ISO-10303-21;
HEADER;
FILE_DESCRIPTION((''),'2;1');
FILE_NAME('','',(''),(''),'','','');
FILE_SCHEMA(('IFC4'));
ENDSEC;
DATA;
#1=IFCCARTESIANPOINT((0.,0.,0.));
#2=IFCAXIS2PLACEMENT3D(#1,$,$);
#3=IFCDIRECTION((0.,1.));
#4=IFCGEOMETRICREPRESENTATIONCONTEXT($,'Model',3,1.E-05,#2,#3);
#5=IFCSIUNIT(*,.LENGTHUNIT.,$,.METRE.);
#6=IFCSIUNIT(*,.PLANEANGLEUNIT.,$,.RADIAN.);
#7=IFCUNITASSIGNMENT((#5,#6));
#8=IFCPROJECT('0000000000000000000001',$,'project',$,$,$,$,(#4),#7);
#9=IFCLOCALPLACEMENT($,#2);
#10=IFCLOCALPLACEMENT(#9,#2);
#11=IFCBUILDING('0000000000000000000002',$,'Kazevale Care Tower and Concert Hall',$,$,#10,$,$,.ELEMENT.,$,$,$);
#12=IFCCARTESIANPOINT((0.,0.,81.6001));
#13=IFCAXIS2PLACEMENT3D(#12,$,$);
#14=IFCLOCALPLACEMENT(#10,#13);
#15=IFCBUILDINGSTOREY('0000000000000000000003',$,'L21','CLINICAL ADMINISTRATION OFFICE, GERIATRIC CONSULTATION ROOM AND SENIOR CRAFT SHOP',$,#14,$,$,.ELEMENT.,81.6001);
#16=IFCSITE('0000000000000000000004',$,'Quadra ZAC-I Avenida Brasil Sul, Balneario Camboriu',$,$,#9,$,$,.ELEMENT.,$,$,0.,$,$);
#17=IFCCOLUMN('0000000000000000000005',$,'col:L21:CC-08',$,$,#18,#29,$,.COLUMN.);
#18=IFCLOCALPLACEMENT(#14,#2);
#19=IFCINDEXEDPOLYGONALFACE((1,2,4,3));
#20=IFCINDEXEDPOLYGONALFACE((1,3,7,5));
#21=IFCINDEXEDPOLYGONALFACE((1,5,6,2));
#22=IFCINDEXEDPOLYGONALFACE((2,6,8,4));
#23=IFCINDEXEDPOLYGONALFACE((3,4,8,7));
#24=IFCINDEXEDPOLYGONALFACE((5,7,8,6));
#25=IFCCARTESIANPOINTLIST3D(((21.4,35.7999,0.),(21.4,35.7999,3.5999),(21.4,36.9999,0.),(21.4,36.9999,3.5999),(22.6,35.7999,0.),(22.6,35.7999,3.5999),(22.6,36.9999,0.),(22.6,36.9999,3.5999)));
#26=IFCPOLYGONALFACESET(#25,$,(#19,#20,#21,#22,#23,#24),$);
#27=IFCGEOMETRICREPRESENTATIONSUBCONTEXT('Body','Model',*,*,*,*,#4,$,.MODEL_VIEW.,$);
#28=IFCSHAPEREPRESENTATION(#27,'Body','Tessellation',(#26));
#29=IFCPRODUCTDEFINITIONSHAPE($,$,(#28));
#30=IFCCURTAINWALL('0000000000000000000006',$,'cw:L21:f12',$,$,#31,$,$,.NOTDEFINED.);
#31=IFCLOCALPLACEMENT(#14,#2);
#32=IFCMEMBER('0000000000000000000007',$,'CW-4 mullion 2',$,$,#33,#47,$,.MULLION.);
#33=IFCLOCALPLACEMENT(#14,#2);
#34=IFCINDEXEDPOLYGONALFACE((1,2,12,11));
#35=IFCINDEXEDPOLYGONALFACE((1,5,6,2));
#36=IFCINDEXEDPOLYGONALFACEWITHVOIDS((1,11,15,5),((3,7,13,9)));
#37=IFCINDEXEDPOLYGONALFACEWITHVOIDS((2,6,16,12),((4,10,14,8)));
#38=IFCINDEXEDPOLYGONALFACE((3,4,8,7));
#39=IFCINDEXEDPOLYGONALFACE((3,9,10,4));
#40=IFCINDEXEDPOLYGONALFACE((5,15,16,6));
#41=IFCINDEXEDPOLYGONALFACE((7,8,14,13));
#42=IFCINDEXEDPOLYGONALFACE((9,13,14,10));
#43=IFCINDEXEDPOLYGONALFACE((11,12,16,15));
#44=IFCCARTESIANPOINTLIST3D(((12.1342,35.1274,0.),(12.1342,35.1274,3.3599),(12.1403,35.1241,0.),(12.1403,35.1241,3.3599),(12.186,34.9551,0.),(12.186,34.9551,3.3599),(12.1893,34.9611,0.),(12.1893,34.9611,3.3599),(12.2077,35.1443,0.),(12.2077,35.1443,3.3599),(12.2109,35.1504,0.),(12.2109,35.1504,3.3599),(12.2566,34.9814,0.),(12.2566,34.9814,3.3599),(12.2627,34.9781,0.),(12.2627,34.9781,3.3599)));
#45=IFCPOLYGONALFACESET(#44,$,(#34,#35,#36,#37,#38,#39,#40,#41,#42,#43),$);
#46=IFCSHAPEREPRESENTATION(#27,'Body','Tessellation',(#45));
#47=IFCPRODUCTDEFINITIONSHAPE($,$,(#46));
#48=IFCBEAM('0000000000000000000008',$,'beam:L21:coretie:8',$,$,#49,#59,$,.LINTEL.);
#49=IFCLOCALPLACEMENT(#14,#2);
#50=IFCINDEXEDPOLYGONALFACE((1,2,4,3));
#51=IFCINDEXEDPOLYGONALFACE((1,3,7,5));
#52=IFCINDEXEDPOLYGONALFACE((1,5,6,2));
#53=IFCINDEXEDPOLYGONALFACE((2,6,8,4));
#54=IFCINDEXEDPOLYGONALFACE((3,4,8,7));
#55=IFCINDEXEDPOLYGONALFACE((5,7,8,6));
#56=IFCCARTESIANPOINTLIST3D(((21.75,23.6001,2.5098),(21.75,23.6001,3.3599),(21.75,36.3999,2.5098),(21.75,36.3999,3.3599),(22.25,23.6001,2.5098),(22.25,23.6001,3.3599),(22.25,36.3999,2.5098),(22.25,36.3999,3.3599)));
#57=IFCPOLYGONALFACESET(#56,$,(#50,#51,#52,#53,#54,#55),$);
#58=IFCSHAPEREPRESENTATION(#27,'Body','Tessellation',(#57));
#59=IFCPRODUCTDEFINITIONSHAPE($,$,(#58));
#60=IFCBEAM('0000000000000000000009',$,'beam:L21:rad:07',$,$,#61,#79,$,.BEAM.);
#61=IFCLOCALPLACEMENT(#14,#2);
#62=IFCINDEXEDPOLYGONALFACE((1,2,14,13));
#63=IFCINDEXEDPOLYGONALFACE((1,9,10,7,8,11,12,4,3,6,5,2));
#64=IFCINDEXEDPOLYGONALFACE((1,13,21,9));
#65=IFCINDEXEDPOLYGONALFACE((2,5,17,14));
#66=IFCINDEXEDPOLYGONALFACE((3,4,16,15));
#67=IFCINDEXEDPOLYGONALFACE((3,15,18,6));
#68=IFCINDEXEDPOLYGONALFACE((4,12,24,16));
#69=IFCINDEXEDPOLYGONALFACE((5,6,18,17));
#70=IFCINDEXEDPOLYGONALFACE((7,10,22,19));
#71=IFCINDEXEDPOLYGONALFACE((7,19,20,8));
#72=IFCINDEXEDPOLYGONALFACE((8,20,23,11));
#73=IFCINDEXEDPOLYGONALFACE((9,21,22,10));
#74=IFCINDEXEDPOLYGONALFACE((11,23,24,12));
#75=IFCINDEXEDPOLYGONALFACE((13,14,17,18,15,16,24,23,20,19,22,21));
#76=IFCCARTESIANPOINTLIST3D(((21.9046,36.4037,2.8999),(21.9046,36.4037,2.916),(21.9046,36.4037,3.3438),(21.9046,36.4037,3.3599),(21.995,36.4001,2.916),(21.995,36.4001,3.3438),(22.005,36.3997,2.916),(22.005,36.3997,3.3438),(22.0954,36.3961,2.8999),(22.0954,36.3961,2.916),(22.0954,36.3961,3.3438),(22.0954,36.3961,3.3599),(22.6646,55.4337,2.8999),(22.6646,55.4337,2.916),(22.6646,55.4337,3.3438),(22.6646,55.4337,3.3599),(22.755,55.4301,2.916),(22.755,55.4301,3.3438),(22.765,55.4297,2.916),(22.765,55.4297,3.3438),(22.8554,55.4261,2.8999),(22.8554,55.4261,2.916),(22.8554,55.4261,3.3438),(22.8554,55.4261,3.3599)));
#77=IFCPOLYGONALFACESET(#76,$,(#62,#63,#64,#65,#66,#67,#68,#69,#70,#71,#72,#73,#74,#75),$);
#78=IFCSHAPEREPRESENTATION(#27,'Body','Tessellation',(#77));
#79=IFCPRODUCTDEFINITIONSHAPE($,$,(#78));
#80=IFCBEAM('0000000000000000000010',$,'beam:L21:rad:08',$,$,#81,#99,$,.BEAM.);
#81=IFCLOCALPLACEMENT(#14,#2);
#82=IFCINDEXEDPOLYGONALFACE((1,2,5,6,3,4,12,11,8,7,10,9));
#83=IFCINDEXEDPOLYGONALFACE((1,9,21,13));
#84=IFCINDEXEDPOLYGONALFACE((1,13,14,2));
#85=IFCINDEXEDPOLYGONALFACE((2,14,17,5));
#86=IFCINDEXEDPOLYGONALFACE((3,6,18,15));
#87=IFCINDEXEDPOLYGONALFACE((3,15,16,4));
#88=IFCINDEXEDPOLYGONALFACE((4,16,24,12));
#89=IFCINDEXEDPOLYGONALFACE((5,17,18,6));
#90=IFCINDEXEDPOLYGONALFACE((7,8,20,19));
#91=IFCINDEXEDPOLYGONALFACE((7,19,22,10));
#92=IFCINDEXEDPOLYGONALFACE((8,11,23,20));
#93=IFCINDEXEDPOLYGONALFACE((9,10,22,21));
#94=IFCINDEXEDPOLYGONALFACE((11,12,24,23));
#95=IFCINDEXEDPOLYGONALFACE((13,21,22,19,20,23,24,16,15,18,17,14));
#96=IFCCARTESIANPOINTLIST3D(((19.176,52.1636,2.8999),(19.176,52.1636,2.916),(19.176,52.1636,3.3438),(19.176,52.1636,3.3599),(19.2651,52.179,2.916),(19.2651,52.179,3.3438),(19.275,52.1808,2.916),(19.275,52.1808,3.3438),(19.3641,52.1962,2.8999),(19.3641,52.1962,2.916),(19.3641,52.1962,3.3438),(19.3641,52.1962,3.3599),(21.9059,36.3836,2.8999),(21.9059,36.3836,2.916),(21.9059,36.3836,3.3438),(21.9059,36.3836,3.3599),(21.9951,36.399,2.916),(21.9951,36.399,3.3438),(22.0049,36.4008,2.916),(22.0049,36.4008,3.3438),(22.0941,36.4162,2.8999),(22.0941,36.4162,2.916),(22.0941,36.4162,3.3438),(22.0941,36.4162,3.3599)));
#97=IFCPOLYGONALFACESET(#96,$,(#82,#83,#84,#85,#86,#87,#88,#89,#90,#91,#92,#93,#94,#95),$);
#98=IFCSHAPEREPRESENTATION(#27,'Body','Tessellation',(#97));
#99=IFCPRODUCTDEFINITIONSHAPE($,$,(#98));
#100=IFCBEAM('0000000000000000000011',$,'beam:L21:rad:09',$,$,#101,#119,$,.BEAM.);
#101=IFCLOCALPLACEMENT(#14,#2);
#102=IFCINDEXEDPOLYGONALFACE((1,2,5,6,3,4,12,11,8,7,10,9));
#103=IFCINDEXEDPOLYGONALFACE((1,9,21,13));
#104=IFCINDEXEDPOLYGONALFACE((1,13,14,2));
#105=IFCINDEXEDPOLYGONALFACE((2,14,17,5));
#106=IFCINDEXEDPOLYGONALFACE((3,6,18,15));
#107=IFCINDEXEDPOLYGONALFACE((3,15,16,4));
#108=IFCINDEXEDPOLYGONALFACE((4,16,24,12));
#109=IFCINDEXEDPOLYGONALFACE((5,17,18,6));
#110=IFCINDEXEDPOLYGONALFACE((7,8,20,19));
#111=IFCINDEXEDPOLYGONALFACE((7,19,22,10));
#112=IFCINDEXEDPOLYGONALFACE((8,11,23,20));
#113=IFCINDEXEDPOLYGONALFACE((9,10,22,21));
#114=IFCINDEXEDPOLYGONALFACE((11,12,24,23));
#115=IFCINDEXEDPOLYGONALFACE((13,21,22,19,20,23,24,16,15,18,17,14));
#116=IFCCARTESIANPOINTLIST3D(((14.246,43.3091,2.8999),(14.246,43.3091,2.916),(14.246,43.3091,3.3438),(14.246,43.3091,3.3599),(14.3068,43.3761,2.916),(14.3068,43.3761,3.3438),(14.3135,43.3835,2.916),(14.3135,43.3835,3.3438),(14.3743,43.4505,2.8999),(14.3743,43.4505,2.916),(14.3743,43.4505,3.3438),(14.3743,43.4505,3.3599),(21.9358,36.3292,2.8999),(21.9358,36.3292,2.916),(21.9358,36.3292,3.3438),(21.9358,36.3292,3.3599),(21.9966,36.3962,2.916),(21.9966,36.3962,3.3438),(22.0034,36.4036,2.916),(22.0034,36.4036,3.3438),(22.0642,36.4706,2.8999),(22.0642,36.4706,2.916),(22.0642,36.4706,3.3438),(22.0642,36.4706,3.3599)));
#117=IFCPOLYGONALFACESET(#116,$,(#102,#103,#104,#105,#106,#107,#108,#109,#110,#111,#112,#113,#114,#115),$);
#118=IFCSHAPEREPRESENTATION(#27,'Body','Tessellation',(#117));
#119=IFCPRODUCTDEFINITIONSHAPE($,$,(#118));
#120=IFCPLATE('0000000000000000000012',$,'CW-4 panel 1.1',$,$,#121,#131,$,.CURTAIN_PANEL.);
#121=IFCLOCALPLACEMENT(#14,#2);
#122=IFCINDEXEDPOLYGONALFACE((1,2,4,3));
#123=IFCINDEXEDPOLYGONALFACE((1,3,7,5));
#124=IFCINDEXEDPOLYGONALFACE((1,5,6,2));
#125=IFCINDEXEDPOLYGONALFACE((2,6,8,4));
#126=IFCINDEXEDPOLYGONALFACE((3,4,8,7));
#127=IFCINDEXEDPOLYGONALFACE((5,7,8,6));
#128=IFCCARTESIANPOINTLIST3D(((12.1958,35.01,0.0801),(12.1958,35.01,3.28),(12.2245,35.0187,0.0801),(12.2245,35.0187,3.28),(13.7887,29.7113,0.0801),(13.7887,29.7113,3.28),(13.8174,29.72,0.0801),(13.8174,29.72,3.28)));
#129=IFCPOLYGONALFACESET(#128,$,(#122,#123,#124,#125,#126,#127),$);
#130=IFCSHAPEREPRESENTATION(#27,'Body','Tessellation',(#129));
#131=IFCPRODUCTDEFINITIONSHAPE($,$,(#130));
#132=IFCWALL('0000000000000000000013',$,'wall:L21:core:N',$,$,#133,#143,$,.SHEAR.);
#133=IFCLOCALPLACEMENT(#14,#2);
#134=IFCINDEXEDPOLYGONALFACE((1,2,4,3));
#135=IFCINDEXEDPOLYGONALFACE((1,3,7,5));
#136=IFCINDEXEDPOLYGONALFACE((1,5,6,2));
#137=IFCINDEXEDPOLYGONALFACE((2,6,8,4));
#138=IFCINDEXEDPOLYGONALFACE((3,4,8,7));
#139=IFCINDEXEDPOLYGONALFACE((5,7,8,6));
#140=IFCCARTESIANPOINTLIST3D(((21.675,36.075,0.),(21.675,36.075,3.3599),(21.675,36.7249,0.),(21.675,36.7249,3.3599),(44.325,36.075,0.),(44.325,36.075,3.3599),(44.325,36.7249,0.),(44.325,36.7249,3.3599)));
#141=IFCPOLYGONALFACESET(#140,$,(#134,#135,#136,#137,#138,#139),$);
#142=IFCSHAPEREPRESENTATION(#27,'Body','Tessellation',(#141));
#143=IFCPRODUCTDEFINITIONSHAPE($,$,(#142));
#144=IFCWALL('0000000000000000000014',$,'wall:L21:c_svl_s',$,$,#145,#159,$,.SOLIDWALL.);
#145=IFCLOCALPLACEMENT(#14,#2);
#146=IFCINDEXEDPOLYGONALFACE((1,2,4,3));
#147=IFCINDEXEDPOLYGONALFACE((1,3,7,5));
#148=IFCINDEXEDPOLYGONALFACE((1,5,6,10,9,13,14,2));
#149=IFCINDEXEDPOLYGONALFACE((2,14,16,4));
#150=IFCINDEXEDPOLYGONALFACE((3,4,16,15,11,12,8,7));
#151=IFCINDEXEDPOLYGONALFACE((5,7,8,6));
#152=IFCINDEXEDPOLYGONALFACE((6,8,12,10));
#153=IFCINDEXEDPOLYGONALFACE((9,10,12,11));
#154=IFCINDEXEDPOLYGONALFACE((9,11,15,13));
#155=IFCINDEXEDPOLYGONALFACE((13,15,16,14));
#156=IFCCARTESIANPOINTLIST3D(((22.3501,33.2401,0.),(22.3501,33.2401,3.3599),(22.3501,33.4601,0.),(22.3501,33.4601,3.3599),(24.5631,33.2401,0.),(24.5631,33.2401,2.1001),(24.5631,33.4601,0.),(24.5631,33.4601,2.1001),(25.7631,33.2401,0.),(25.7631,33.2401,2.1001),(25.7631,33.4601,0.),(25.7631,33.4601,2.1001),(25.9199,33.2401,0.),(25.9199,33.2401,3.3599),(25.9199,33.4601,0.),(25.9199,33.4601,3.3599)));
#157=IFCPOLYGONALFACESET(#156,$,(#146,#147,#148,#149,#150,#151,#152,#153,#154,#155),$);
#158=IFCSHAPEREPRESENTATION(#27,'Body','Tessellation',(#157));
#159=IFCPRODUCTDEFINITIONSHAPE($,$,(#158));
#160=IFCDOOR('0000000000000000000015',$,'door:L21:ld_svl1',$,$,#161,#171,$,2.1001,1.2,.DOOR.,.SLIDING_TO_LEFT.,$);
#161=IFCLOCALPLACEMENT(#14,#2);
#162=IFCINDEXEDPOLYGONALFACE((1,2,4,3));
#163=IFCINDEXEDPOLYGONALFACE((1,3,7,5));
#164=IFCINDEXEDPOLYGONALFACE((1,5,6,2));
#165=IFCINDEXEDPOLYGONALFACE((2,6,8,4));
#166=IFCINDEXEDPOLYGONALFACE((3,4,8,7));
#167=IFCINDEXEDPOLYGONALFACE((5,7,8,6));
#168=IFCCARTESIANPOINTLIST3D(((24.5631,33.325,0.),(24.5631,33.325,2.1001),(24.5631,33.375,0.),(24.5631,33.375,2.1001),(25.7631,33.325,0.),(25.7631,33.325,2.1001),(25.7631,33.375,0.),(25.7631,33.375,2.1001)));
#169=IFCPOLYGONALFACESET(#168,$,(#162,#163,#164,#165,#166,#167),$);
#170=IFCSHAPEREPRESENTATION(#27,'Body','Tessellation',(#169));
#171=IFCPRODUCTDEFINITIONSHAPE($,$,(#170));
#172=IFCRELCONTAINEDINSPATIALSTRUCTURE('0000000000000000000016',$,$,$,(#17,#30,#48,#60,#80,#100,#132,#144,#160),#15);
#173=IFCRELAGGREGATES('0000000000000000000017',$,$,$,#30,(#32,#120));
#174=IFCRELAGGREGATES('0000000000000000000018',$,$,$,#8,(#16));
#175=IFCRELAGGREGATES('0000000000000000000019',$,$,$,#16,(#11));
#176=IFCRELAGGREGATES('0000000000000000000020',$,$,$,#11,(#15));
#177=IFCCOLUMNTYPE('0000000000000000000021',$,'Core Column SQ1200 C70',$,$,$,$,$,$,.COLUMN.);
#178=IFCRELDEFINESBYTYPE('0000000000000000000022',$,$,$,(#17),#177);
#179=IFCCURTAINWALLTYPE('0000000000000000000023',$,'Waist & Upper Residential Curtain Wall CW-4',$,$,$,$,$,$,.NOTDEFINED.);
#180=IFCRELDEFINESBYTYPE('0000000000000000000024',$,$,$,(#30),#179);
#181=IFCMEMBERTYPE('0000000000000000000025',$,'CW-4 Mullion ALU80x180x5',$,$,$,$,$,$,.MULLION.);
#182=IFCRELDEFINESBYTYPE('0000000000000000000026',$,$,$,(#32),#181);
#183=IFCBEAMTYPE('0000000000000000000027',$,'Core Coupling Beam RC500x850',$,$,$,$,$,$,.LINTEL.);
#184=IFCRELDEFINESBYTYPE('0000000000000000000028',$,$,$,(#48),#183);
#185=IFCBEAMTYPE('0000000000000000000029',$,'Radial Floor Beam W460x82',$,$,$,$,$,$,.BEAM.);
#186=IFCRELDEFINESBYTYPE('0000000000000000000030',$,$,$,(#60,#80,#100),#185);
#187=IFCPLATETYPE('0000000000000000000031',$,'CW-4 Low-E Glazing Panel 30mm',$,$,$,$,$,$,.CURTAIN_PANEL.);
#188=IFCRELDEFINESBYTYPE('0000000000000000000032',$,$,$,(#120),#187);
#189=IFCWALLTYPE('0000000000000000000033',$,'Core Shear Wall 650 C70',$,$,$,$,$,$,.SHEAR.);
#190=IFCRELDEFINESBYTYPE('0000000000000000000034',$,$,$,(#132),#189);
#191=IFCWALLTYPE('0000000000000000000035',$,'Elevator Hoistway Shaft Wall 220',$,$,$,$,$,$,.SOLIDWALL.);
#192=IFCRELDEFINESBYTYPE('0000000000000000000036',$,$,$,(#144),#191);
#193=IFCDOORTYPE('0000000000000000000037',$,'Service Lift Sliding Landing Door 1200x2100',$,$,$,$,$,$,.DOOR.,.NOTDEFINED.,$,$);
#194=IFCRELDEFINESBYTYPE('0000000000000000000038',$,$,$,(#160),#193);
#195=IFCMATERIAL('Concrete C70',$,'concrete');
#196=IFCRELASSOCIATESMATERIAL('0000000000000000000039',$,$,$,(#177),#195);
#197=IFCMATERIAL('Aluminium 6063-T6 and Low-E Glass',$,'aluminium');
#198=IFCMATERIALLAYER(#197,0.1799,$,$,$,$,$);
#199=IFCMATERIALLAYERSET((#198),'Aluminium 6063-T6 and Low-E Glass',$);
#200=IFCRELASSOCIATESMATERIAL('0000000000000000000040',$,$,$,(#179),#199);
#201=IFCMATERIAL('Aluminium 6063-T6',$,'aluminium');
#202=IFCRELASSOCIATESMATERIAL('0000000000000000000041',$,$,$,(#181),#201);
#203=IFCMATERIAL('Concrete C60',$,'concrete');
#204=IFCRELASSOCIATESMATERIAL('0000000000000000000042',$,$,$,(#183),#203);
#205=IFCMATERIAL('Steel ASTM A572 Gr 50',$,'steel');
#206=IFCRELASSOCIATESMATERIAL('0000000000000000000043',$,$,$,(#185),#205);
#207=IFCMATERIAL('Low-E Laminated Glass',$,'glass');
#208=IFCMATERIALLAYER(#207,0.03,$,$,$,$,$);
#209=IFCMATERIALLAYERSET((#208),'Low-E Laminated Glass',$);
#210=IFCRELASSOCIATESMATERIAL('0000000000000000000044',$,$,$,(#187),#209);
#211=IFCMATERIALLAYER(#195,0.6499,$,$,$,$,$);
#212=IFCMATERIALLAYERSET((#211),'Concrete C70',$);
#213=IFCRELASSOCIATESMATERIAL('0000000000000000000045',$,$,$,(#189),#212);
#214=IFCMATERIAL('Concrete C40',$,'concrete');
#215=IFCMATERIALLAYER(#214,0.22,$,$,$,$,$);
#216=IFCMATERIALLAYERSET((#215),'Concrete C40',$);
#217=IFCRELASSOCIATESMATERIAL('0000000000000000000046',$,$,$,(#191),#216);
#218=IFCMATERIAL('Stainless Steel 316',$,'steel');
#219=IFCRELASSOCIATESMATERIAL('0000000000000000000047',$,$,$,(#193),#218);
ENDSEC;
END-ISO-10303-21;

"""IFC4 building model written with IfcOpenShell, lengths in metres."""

from ifc_helpers import new_model, si_unit, direction, frame, frame_2d, origin, origin_2d, place, context, subcontext, project, spatial, rectangle, hollow_rectangle, i_section, extrude, material, layer, layer_set, material_profile, profile_set, type_object, element, fill, aggregate, save


model = new_model("IFC4")

# Units and contexts
model_context = context("Model", 3, precision=1e-05, world=origin(), true_north=direction((0.0, 1.0)))
body_context = subcontext(model_context, "Body", "Model", "MODEL_VIEW")
ifc_project = project(units=[si_unit("LENGTHUNIT", "METRE"), si_unit("PLANEANGLEUNIT", "RADIAN")], contexts=[model_context])

# Site, building, storey
site_placement = place(None, origin())
site = spatial("IfcSite", under=ifc_project, at=site_placement, Name="Quadra ZAC-I Avenida Brasil Sul, Balneario Camboriu", CompositionType="ELEMENT", RefElevation=0.0)
building_placement = place(site_placement, origin())
building = spatial("IfcBuilding", under=site, at=building_placement, Name="Kazevale Care Tower and Concert Hall", CompositionType="ELEMENT")
storey_placement = place(building_placement, frame((0.0, 0.0, 81.6001)))
storey = spatial("IfcBuildingStorey", under=building, at=storey_placement, Name="L21", Description="CLINICAL ADMINISTRATION OFFICE, GERIATRIC CONSULTATION ROOM AND SENIOR CRAFT SHOP", CompositionType="ELEMENT", Elevation=81.6001)

# Column
ifc_material_1 = material(Name="Concrete C70", Category="concrete")
ifc_material_profile_1 = material_profile(ifc_material_1, rectangle(XDim=1.2, YDim=1.2, at=origin_2d()), Name="RC-SQ1200")
ifc_profile_set_1 = profile_set([ifc_material_profile_1], Name="Concrete C70")
column_type = type_object("IfcColumnType", Name="Core Column SQ1200 C70", PredefinedType="COLUMN", material=ifc_profile_set_1)
column_placement = place(storey_placement, frame((22.0, 36.3999, 0.0), z_axis=(0.0, 0.0, 1.0), x_axis=(1.0, 0.0, 0.0)))
element("IfcColumn", 1, at=column_placement, inside=storey, type_object=column_type, Name="col:L21:CC-08", PredefinedType="COLUMN", context=body_context, shape_type="SweptSolid", body=[
    extrude(rectangle(XDim=1.2, YDim=1.2, at=origin_2d()), origin(), (0.0, 0.0, 1.0), 3.5999),
])

# Curtain wall, member
ifc_material_2 = material(Name="Aluminium 6063-T6 and Low-E Glass", Category="aluminium")
ifc_layer_1 = layer(ifc_material_2, 0.1799)
ifc_layer_set_1 = layer_set([ifc_layer_1], Name="Aluminium 6063-T6 and Low-E Glass")
curtain_wall_type = type_object("IfcCurtainWallType", Name="Waist & Upper Residential Curtain Wall CW-4", PredefinedType="NOTDEFINED", material=ifc_layer_set_1)
curtain_wall_placement = place(storey_placement, origin())
curtain_wall = element("IfcCurtainWall", 2, at=curtain_wall_placement, inside=storey, type_object=curtain_wall_type, Name="cw:L21:f12", PredefinedType="NOTDEFINED")
ifc_material_3 = material(Name="Aluminium 6063-T6", Category="aluminium")
ifc_material_profile_2 = material_profile(ifc_material_3, hollow_rectangle(XDim=0.0801, YDim=0.1799, WallThickness=0.0049, at=origin_2d()), Name="ALU80x180x5")
ifc_profile_set_2 = profile_set([ifc_material_profile_2], Name="Aluminium 6063-T6")
member_type = type_object("IfcMemberType", Name="CW-4 Mullion ALU80x180x5", PredefinedType="MULLION", material=ifc_profile_set_2)
member_placement = place(storey_placement, frame((12.1985, 35.0527, 0.0), z_axis=(0.0, 0.0, 1.0), x_axis=(-0.957662, -0.287896, 0.0)))
member = element("IfcMember", 3, at=member_placement, type_object=member_type, Name="CW-4 mullion 2", PredefinedType="MULLION", context=body_context, shape_type="SweptSolid", body=[
    extrude(hollow_rectangle(XDim=0.0801, YDim=0.1799, WallThickness=0.0049, at=origin_2d()), origin(), (0.0, 0.0, 1.0), 3.3599),
])

# Beams
ifc_material_4 = material(Name="Concrete C60", Category="concrete")
ifc_material_profile_3 = material_profile(ifc_material_4, rectangle(XDim=0.5, YDim=0.8501, at=origin_2d()), Name="RC-B500x850")
ifc_profile_set_3 = profile_set([ifc_material_profile_3], Name="Concrete C60")
beam_type_1 = type_object("IfcBeamType", Name="Core Coupling Beam RC500x850", PredefinedType="LINTEL", material=ifc_profile_set_3)
beam_1_placement = place(storey_placement, frame((22.0, 36.3999, 2.9348), z_axis=(0.0, -1.0, 0.0), x_axis=(1.0, 0.0, 0.0)))
element("IfcBeam", 4, at=beam_1_placement, inside=storey, type_object=beam_type_1, Name="beam:L21:coretie:8", PredefinedType="LINTEL", context=body_context, shape_type="SweptSolid", body=[
    extrude(rectangle(XDim=0.5, YDim=0.8501, at=origin_2d()), origin(), (0.0, 0.0, 1.0), 12.7998),
])
ifc_material_5 = material(Name="Steel ASTM A572 Gr 50", Category="steel")
ifc_material_profile_4 = material_profile(ifc_material_5, i_section(OverallWidth=0.1909, OverallDepth=0.46, WebThickness=0.01, FlangeThickness=0.0161, at=origin_2d()), Name="W460x82")
ifc_profile_set_4 = profile_set([ifc_material_profile_4], Name="Steel ASTM A572 Gr 50")
beam_type_2 = type_object("IfcBeamType", Name="Radial Floor Beam W460x82", PredefinedType="BEAM", material=ifc_profile_set_4)
beam_2_placement = place(storey_placement, frame((22.0, 36.3999, 3.1299), z_axis=(0.039906, 0.999203, 0.0), x_axis=(-0.999203, 0.039906, 0.0)))
element("IfcBeam", 5, at=beam_2_placement, inside=storey, type_object=beam_type_2, Name="beam:L21:rad:07", PredefinedType="BEAM", context=body_context, shape_type="SweptSolid", body=[
    extrude(i_section(OverallWidth=0.1909, OverallDepth=0.46, WebThickness=0.01, FlangeThickness=0.0161, at=origin_2d()), origin(), (0.0, 0.0, 1.0), 19.0452),
])
beam_3_placement = place(storey_placement, frame((22.0, 36.3999, 3.1299), z_axis=(-0.17047, 0.985363, 0.0), x_axis=(-0.985363, -0.17047, 0.0)))
element("IfcBeam", 6, at=beam_3_placement, inside=storey, type_object=beam_type_2, Name="beam:L21:rad:08", PredefinedType="BEAM", context=body_context, shape_type="SweptSolid", body=[
    extrude(i_section(OverallWidth=0.1909, OverallDepth=0.46, WebThickness=0.01, FlangeThickness=0.0161, at=origin_2d()), origin(), (0.0, 0.0, 1.0), 16.0144),
])
beam_4_placement = place(storey_placement, frame((22.0, 36.3999, 3.1299), z_axis=(-0.740461, 0.672099, 0.0), x_axis=(-0.672099, -0.740461, 0.0)))
element("IfcBeam", 7, at=beam_4_placement, inside=storey, type_object=beam_type_2, Name="beam:L21:rad:09", PredefinedType="BEAM", context=body_context, shape_type="SweptSolid", body=[
    extrude(i_section(OverallWidth=0.1909, OverallDepth=0.46, WebThickness=0.01, FlangeThickness=0.0161, at=origin_2d()), origin(), (0.0, 0.0, 1.0), 10.3853),
])

# Plate
ifc_material_6 = material(Name="Low-E Laminated Glass", Category="glass")
ifc_layer_2 = layer(ifc_material_6, 0.03)
ifc_layer_set_2 = layer_set([ifc_layer_2], Name="Low-E Laminated Glass")
plate_type = type_object("IfcPlateType", Name="CW-4 Low-E Glazing Panel 30mm", PredefinedType="CURTAIN_PANEL", material=ifc_layer_set_2)
plate_placement = place(storey_placement, frame((13.0066, 32.365, 0.0801), z_axis=(0.0, 0.0, 1.0), x_axis=(-0.287896, 0.957662, 0.0)))
plate = element("IfcPlate", 8, at=plate_placement, type_object=plate_type, Name="CW-4 panel 1.1", PredefinedType="CURTAIN_PANEL", context=body_context, shape_type="SweptSolid", body=[
    extrude(rectangle(XDim=5.533, YDim=0.03, at=origin_2d()), origin(), (0.0, 0.0, 1.0), 3.2),
])
aggregate(curtain_wall, [member, plate])

# Wall
ifc_layer_3 = layer(ifc_material_1, 0.6499)
ifc_layer_set_3 = layer_set([ifc_layer_3], Name="Concrete C70")
wall_type_1 = type_object("IfcWallType", Name="Core Shear Wall 650 C70", PredefinedType="SHEAR", material=ifc_layer_set_3)
wall_1_placement = place(storey_placement, frame((21.675, 36.3999, 0.0), z_axis=(0.0, 0.0, 1.0), x_axis=(1.0, 0.0, 0.0)))
element("IfcWall", 9, at=wall_1_placement, inside=storey, type_object=wall_type_1, Name="wall:L21:core:N", PredefinedType="SHEAR", context=body_context, shape_type="SweptSolid", body=[
    extrude(rectangle(XDim=22.6499, YDim=0.6499, at=frame_2d((11.325, 0.0))), origin(), (0.0, 0.0, 1.0), 3.3599),
])

# Wall, opening, door
ifc_material_7 = material(Name="Concrete C40", Category="concrete")
ifc_layer_4 = layer(ifc_material_7, 0.22)
ifc_layer_set_4 = layer_set([ifc_layer_4], Name="Concrete C40")
wall_type_2 = type_object("IfcWallType", Name="Elevator Hoistway Shaft Wall 220", PredefinedType="SOLIDWALL", material=ifc_layer_set_4)
wall_2_placement = place(storey_placement, frame((22.3501, 33.3501, 0.0), z_axis=(0.0, 0.0, 1.0), x_axis=(1.0, 0.0, 0.0)))
wall_2 = element("IfcWall", 10, at=wall_2_placement, inside=storey, type_object=wall_type_2, Name="wall:L21:c_svl_s", PredefinedType="SOLIDWALL", context=body_context, shape_type="SweptSolid", body=[
    extrude(rectangle(XDim=3.5698, YDim=0.22, at=frame_2d((1.7849, 0.0))), origin(), (0.0, 0.0, 1.0), 3.3599),
])
opening_1_placement = place(wall_2_placement, frame((2.2129, 0.0, 0.0)))
opening_1 = element("IfcOpeningElement", 11, at=opening_1_placement, cuts=wall_2, PredefinedType="OPENING", context=body_context, shape_type="SweptSolid", body=[
    extrude(rectangle(XDim=1.2, YDim=2.1001, at=frame_2d((0.6001, 1.05))), frame((0.0, 0.1199, 0.0), z_axis=(0.0, -1.0, 0.0), x_axis=(1.0, 0.0, 0.0)), (0.0, 0.0, 1.0), 0.24),
])
ifc_material_8 = material(Name="Stainless Steel 316", Category="steel")
door_type_1 = type_object("IfcDoorType", Name="Service Lift Sliding Landing Door 1200x2100", OperationType="NOTDEFINED", PredefinedType="DOOR", material=ifc_material_8)
door_1_placement = place(opening_1_placement, origin())
door_1 = element("IfcDoor", 12, at=door_1_placement, inside=storey, type_object=door_type_1, Name="door:L21:ld_svl1", OperationType="SLIDING_TO_LEFT", OverallHeight=2.1001, OverallWidth=1.2, PredefinedType="DOOR", context=body_context, shape_type="SweptSolid", body=[
    extrude(rectangle(XDim=1.2, YDim=2.1001, at=frame_2d((0.6001, 1.05))), frame((0.0, 0.0249, 0.0), z_axis=(0.0, -1.0, 0.0), x_axis=(1.0, 0.0, 0.0)), (0.0, 0.0, 1.0), 0.05),
])
fill(opening_1, door_1)

save(model, "model.ifc")
